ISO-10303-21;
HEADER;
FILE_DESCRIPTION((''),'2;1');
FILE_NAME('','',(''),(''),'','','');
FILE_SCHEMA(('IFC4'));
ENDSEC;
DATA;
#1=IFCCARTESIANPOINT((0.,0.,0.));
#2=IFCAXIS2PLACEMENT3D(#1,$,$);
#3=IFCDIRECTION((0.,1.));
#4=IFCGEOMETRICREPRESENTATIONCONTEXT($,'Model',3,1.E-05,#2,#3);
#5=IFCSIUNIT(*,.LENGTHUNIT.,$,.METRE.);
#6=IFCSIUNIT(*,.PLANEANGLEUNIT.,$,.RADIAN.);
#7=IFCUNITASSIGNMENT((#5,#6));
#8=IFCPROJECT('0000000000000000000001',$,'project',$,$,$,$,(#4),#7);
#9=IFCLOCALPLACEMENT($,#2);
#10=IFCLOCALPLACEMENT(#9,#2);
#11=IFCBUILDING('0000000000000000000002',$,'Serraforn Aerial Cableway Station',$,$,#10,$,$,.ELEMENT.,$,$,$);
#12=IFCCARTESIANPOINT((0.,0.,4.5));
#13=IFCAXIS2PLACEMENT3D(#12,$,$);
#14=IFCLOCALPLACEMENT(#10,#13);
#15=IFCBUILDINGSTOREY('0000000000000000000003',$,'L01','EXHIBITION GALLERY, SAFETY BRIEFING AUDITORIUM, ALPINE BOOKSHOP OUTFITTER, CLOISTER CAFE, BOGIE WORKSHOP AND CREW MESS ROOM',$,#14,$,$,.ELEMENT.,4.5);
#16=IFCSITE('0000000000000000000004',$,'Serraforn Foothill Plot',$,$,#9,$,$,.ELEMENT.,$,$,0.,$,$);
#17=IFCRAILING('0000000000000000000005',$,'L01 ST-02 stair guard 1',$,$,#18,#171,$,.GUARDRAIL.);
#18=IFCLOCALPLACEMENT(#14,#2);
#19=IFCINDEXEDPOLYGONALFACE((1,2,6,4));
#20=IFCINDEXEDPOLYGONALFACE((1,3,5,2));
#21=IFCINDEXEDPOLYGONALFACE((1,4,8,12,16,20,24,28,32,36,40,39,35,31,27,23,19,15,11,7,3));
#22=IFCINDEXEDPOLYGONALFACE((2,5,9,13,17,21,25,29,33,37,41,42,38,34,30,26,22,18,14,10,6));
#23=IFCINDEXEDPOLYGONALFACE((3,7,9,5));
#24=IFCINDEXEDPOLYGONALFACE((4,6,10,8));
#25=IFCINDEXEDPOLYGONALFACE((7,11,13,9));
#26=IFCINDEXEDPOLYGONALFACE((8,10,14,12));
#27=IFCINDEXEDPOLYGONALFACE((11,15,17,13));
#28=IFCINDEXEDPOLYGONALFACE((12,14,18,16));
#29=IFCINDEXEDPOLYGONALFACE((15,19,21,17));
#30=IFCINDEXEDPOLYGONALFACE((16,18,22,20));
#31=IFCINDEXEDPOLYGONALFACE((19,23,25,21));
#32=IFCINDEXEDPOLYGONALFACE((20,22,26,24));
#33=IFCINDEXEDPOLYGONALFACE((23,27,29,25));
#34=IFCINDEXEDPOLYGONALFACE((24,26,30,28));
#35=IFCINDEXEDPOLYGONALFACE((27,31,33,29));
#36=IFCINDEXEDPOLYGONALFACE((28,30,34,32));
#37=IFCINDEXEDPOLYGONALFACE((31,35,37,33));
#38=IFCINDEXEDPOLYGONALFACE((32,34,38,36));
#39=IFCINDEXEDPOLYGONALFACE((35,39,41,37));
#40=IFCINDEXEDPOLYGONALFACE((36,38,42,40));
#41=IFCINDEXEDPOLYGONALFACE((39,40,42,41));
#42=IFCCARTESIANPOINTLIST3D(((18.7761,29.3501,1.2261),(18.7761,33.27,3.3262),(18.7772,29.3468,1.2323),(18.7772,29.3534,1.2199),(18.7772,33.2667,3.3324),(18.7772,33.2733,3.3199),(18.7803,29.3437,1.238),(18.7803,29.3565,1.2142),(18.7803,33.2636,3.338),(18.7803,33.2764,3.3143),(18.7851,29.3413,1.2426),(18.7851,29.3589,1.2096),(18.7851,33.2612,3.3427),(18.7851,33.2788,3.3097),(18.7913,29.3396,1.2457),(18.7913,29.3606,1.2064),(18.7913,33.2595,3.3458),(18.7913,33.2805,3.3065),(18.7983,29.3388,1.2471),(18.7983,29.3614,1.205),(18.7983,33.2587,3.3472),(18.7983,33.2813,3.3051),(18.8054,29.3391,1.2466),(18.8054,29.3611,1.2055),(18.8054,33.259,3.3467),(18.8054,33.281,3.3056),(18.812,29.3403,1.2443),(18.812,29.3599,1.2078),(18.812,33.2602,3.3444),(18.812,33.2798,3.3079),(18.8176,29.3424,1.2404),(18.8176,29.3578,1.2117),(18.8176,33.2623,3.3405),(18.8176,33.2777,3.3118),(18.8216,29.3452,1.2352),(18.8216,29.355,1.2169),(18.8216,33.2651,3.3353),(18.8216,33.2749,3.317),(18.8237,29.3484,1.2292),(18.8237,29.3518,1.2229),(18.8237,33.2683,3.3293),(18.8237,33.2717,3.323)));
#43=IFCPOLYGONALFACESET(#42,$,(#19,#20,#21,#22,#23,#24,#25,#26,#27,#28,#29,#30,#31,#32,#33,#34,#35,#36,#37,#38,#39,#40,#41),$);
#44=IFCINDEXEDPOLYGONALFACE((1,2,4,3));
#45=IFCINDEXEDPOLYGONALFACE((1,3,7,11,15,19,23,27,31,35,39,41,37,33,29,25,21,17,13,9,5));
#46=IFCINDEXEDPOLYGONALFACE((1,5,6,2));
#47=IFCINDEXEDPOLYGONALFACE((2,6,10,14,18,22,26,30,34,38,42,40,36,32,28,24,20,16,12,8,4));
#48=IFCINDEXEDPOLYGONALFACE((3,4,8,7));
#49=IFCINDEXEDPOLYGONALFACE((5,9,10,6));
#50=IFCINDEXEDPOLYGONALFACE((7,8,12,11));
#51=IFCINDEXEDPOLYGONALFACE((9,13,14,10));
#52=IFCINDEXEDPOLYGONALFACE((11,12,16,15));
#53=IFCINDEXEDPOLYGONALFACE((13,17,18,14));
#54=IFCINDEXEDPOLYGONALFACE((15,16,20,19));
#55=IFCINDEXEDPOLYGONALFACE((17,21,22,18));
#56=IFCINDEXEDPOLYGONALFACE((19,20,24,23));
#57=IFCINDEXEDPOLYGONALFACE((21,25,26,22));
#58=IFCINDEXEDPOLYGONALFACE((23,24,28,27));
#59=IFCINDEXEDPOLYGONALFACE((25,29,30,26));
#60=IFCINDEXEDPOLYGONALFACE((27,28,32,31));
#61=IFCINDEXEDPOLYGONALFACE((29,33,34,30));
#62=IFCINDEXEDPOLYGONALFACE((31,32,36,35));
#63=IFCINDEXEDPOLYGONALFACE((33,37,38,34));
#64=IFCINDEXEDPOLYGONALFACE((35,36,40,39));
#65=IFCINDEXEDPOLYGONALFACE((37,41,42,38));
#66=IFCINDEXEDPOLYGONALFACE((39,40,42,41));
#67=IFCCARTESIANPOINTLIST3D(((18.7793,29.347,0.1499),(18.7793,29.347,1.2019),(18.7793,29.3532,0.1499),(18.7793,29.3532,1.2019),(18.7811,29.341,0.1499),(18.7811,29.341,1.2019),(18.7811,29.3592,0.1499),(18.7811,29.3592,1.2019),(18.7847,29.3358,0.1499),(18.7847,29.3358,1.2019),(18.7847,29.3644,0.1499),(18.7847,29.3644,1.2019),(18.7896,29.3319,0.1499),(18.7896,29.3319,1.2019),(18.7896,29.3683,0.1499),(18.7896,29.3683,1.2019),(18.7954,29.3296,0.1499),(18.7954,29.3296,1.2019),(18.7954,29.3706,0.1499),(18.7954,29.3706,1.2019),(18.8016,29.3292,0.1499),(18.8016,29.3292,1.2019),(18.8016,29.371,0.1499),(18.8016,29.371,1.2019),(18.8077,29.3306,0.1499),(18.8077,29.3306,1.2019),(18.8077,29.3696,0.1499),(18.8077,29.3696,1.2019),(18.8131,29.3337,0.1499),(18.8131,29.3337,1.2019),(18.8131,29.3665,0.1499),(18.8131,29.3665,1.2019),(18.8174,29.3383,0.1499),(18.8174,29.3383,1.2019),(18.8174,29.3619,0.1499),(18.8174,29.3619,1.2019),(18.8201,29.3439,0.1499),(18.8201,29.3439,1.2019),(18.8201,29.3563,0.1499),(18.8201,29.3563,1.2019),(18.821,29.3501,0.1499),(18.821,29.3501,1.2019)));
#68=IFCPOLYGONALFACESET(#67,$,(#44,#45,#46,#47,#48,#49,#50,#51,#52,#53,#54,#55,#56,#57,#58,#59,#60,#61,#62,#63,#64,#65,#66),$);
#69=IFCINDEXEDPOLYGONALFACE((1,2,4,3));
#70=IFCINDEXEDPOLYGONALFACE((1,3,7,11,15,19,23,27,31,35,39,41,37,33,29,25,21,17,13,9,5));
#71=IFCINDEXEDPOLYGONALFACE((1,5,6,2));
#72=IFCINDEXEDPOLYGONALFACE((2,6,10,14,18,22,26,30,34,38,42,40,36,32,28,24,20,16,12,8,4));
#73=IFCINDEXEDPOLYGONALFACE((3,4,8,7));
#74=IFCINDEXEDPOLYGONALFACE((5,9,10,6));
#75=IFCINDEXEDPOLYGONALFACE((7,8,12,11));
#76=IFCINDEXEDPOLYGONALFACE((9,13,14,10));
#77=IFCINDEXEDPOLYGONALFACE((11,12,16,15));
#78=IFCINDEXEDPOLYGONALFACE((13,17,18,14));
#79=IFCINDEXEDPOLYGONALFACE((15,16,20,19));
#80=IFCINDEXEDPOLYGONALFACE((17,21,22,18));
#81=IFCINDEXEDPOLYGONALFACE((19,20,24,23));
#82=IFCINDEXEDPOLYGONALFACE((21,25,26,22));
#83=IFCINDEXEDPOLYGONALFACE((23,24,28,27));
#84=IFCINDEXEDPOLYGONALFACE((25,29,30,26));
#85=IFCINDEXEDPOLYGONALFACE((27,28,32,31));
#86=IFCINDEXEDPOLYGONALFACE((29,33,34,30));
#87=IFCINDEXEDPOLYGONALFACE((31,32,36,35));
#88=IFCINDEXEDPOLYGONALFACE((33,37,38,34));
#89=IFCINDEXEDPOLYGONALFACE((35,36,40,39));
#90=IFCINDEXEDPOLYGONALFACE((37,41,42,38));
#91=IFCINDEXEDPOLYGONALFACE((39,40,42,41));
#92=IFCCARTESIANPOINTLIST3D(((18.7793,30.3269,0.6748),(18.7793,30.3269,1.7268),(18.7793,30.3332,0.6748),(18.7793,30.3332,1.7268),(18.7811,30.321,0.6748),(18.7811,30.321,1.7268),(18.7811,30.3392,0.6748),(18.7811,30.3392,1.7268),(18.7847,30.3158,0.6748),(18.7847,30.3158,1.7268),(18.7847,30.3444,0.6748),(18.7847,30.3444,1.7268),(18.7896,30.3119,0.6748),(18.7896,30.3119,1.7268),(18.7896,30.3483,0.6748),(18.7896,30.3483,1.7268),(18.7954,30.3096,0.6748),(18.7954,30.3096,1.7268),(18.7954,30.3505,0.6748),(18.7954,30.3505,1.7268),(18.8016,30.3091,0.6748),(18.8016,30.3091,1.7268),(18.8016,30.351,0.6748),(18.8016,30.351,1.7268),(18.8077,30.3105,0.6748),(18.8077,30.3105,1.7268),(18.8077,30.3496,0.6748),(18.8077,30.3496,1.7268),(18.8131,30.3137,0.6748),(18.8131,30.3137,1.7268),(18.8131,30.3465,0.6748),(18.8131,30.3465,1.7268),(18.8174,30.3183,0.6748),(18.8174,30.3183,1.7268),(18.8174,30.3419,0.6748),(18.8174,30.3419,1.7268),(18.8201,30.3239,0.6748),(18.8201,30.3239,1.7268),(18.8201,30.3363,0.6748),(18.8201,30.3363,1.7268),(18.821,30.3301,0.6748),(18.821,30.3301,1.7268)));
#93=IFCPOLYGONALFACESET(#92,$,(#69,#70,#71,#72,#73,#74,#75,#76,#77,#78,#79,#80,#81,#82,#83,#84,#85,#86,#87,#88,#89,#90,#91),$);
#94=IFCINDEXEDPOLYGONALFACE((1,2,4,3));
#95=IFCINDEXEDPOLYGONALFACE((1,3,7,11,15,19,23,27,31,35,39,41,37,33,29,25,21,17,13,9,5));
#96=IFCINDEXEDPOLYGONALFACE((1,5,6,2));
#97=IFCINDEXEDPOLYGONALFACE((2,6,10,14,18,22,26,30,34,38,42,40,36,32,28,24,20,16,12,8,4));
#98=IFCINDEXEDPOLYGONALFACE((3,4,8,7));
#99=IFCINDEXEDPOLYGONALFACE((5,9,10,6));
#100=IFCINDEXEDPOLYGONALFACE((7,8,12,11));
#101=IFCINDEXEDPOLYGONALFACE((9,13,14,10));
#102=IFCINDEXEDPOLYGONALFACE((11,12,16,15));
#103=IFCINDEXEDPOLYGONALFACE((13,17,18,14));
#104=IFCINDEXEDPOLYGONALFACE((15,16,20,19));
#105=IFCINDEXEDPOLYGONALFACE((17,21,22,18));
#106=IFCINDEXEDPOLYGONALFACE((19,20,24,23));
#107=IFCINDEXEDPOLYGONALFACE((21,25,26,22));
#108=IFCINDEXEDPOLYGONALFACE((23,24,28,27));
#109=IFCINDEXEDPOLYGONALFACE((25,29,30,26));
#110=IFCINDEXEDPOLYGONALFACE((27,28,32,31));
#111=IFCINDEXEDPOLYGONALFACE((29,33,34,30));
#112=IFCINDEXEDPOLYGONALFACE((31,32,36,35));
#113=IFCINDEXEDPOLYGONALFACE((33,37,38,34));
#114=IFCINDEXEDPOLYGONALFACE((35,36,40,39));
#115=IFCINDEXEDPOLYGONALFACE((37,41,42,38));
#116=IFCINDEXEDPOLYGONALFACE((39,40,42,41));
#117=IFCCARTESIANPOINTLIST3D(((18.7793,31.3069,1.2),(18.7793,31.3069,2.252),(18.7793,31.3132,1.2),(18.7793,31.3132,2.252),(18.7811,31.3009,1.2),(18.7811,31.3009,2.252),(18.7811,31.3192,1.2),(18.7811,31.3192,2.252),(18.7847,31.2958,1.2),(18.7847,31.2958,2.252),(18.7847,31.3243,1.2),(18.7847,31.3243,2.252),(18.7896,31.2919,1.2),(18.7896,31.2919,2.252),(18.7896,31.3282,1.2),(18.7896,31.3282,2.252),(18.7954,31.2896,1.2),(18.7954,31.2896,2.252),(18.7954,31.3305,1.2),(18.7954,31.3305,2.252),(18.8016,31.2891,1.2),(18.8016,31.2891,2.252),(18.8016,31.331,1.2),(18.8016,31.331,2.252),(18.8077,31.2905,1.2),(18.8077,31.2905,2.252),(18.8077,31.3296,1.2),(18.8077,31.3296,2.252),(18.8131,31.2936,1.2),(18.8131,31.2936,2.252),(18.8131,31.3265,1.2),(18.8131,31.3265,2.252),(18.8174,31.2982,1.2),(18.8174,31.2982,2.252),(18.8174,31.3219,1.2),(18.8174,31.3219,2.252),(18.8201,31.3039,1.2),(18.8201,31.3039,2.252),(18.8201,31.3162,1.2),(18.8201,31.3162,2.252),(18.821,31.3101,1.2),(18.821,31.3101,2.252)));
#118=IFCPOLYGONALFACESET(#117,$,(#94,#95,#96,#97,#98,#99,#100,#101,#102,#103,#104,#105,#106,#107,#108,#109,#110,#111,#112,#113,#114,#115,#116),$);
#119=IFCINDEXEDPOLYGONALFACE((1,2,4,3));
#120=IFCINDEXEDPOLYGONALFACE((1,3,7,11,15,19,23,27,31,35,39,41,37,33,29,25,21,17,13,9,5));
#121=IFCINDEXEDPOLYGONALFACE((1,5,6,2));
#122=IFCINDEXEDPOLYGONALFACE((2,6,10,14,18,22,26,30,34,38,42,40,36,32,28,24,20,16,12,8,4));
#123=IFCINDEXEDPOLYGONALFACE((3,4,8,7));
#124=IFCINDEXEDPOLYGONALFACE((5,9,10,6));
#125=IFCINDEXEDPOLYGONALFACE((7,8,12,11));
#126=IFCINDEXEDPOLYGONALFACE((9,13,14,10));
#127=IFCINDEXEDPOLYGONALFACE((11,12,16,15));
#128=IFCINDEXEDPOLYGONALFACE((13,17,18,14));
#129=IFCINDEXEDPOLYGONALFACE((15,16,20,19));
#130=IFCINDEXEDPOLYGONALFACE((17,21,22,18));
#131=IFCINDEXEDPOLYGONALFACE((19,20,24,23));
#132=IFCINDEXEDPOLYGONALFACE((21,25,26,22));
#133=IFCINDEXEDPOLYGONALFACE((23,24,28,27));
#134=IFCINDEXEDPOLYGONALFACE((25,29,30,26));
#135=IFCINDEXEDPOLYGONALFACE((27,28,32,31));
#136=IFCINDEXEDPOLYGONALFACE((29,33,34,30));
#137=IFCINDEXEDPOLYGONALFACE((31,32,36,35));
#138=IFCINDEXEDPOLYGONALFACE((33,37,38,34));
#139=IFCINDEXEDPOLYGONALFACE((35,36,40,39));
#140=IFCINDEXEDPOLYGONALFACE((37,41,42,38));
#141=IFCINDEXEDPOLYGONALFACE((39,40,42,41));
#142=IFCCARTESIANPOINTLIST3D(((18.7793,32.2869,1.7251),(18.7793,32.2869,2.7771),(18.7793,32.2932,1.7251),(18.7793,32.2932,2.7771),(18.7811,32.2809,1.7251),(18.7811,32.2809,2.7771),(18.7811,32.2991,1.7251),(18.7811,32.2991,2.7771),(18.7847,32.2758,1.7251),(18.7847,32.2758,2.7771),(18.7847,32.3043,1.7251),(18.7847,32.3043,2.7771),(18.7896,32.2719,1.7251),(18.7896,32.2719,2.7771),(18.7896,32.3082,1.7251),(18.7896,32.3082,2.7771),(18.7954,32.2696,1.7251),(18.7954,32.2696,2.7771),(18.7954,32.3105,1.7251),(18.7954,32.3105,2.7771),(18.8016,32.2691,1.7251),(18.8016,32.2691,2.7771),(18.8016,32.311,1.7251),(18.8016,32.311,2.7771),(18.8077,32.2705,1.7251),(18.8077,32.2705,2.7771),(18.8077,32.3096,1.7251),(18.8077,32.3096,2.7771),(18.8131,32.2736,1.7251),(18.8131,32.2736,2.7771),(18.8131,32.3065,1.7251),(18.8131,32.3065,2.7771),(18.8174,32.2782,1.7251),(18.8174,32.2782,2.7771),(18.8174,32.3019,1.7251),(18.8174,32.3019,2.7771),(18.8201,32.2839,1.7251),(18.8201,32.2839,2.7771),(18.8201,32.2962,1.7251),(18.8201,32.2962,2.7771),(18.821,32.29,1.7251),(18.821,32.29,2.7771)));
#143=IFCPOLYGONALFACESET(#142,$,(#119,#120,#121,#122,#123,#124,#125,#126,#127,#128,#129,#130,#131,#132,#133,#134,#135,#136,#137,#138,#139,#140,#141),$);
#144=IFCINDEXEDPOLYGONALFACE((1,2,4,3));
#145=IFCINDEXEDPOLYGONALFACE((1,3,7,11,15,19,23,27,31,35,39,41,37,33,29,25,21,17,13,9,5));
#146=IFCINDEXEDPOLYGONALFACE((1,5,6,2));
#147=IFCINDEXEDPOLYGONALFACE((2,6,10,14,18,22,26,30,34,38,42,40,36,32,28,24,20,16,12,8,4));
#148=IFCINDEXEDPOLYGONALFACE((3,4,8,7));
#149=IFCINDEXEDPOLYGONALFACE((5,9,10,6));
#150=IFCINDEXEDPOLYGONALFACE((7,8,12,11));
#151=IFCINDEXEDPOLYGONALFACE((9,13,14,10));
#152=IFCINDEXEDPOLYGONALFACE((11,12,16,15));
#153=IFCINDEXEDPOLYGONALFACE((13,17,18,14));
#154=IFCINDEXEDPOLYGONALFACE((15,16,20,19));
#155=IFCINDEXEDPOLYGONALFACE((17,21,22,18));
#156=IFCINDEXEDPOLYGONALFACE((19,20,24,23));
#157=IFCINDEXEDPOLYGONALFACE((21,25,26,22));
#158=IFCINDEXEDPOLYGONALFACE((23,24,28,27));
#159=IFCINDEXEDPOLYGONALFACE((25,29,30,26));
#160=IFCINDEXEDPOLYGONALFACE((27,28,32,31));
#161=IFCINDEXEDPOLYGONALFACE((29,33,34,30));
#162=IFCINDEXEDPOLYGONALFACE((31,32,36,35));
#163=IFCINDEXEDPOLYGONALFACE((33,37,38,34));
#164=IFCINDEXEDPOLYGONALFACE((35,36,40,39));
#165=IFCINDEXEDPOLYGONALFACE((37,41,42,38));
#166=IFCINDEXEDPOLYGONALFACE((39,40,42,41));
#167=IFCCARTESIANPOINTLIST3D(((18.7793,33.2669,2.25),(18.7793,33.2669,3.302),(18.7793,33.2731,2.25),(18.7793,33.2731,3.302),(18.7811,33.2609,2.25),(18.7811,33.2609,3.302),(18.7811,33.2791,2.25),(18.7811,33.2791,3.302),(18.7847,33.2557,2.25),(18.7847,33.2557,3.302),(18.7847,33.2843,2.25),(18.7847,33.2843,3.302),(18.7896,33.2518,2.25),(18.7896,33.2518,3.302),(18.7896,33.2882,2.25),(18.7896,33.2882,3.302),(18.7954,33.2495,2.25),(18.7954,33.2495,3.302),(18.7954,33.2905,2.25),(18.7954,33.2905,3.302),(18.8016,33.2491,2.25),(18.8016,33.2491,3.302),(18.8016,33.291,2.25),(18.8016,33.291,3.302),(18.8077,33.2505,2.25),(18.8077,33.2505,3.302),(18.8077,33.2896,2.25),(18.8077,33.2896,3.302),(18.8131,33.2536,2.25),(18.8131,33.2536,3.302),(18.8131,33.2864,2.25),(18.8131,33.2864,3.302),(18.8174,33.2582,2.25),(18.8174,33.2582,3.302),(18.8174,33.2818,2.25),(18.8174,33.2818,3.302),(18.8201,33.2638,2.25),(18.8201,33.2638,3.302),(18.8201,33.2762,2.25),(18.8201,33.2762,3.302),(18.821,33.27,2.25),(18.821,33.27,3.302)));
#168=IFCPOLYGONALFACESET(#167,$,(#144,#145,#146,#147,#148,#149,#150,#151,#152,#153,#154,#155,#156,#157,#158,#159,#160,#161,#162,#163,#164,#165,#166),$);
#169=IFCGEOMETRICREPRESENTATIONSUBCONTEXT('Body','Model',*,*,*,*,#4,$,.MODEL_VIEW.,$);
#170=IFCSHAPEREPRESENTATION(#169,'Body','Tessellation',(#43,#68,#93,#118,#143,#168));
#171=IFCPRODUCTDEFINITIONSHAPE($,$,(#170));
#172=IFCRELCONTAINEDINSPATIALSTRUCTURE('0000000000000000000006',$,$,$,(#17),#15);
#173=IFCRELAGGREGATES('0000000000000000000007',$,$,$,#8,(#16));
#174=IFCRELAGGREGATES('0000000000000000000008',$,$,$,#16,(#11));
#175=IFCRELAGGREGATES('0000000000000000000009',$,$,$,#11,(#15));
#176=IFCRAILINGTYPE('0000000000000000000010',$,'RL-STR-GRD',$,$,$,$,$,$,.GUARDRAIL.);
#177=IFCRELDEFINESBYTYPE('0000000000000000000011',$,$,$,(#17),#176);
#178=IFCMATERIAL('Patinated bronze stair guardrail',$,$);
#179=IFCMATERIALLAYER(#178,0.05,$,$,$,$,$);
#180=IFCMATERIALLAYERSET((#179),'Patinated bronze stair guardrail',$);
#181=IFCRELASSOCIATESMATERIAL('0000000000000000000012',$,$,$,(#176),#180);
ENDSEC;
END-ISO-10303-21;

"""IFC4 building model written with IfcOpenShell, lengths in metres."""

from ifc_helpers import new_model, si_unit, direction, frame, origin, origin_2d, place, context, subcontext, project, spatial, circle, extrude, material, layer, layer_set, type_object, element, save


model = new_model("IFC4")

# Units and contexts
model_context = context("Model", 3, precision=1e-05, world=origin(), true_north=direction((0.0, 1.0)))
body_context = subcontext(model_context, "Body", "Model", "MODEL_VIEW")
ifc_project = project(units=[si_unit("LENGTHUNIT", "METRE"), si_unit("PLANEANGLEUNIT", "RADIAN")], contexts=[model_context])

# Site, building, storey
site_placement = place(None, origin())
site = spatial("IfcSite", under=ifc_project, at=site_placement, Name="Serraforn Foothill Plot", CompositionType="ELEMENT", RefElevation=0.0)
building_placement = place(site_placement, origin())
building = spatial("IfcBuilding", under=site, at=building_placement, Name="Serraforn Aerial Cableway Station", CompositionType="ELEMENT")
storey_placement = place(building_placement, frame((0.0, 0.0, 4.5)))
storey = spatial("IfcBuildingStorey", under=building, at=storey_placement, Name="L01", Description="EXHIBITION GALLERY, SAFETY BRIEFING AUDITORIUM, ALPINE BOOKSHOP OUTFITTER, CLOISTER CAFE, BOGIE WORKSHOP AND CREW MESS ROOM", CompositionType="ELEMENT", Elevation=4.5)

# Railing
ifc_material_1 = material(Name="Patinated bronze stair guardrail")
ifc_layer_1 = layer(ifc_material_1, 0.05)
ifc_layer_set_1 = layer_set([ifc_layer_1], Name="Patinated bronze stair guardrail")
railing_type_1 = type_object("IfcRailingType", Name="RL-STR-GRD", PredefinedType="GUARDRAIL", material=ifc_layer_set_1)
railing_1_placement = place(storey_placement, frame((18.8, 29.3501, 0.1499)))
element("IfcRailing", 1, at=railing_1_placement, inside=storey, type_object=railing_type_1, Name="L01 ST-02 stair guard 1", PredefinedType="GUARDRAIL", context=body_context, shape_type="SweptSolid", body=[
    extrude(circle(Radius=0.0239, at=origin_2d()), frame((0.0, 0.0, 1.0762), z_axis=(0.0, 0.881467, 0.472246), x_axis=(-1.0, 0.0, 0.0)), (0.0, 0.0, 1.0), 4.447),
    extrude(circle(Radius=0.021, at=origin_2d()), origin(), (0.0, 0.0, 1.0), 1.052),
    extrude(circle(Radius=0.021, at=origin_2d()), frame((0.0, 0.98, 0.5249)), (0.0, 0.0, 1.0), 1.052),
    extrude(circle(Radius=0.021, at=origin_2d()), frame((0.0, 1.96, 1.05)), (0.0, 0.0, 1.0), 1.052),
    extrude(circle(Radius=0.021, at=origin_2d()), frame((0.0, 2.9399, 1.5752)), (0.0, 0.0, 1.0), 1.052),
    extrude(circle(Radius=0.021, at=origin_2d()), frame((0.0, 3.9199, 2.1001)), (0.0, 0.0, 1.0), 1.052),
])

save(model, "model.ifc")
